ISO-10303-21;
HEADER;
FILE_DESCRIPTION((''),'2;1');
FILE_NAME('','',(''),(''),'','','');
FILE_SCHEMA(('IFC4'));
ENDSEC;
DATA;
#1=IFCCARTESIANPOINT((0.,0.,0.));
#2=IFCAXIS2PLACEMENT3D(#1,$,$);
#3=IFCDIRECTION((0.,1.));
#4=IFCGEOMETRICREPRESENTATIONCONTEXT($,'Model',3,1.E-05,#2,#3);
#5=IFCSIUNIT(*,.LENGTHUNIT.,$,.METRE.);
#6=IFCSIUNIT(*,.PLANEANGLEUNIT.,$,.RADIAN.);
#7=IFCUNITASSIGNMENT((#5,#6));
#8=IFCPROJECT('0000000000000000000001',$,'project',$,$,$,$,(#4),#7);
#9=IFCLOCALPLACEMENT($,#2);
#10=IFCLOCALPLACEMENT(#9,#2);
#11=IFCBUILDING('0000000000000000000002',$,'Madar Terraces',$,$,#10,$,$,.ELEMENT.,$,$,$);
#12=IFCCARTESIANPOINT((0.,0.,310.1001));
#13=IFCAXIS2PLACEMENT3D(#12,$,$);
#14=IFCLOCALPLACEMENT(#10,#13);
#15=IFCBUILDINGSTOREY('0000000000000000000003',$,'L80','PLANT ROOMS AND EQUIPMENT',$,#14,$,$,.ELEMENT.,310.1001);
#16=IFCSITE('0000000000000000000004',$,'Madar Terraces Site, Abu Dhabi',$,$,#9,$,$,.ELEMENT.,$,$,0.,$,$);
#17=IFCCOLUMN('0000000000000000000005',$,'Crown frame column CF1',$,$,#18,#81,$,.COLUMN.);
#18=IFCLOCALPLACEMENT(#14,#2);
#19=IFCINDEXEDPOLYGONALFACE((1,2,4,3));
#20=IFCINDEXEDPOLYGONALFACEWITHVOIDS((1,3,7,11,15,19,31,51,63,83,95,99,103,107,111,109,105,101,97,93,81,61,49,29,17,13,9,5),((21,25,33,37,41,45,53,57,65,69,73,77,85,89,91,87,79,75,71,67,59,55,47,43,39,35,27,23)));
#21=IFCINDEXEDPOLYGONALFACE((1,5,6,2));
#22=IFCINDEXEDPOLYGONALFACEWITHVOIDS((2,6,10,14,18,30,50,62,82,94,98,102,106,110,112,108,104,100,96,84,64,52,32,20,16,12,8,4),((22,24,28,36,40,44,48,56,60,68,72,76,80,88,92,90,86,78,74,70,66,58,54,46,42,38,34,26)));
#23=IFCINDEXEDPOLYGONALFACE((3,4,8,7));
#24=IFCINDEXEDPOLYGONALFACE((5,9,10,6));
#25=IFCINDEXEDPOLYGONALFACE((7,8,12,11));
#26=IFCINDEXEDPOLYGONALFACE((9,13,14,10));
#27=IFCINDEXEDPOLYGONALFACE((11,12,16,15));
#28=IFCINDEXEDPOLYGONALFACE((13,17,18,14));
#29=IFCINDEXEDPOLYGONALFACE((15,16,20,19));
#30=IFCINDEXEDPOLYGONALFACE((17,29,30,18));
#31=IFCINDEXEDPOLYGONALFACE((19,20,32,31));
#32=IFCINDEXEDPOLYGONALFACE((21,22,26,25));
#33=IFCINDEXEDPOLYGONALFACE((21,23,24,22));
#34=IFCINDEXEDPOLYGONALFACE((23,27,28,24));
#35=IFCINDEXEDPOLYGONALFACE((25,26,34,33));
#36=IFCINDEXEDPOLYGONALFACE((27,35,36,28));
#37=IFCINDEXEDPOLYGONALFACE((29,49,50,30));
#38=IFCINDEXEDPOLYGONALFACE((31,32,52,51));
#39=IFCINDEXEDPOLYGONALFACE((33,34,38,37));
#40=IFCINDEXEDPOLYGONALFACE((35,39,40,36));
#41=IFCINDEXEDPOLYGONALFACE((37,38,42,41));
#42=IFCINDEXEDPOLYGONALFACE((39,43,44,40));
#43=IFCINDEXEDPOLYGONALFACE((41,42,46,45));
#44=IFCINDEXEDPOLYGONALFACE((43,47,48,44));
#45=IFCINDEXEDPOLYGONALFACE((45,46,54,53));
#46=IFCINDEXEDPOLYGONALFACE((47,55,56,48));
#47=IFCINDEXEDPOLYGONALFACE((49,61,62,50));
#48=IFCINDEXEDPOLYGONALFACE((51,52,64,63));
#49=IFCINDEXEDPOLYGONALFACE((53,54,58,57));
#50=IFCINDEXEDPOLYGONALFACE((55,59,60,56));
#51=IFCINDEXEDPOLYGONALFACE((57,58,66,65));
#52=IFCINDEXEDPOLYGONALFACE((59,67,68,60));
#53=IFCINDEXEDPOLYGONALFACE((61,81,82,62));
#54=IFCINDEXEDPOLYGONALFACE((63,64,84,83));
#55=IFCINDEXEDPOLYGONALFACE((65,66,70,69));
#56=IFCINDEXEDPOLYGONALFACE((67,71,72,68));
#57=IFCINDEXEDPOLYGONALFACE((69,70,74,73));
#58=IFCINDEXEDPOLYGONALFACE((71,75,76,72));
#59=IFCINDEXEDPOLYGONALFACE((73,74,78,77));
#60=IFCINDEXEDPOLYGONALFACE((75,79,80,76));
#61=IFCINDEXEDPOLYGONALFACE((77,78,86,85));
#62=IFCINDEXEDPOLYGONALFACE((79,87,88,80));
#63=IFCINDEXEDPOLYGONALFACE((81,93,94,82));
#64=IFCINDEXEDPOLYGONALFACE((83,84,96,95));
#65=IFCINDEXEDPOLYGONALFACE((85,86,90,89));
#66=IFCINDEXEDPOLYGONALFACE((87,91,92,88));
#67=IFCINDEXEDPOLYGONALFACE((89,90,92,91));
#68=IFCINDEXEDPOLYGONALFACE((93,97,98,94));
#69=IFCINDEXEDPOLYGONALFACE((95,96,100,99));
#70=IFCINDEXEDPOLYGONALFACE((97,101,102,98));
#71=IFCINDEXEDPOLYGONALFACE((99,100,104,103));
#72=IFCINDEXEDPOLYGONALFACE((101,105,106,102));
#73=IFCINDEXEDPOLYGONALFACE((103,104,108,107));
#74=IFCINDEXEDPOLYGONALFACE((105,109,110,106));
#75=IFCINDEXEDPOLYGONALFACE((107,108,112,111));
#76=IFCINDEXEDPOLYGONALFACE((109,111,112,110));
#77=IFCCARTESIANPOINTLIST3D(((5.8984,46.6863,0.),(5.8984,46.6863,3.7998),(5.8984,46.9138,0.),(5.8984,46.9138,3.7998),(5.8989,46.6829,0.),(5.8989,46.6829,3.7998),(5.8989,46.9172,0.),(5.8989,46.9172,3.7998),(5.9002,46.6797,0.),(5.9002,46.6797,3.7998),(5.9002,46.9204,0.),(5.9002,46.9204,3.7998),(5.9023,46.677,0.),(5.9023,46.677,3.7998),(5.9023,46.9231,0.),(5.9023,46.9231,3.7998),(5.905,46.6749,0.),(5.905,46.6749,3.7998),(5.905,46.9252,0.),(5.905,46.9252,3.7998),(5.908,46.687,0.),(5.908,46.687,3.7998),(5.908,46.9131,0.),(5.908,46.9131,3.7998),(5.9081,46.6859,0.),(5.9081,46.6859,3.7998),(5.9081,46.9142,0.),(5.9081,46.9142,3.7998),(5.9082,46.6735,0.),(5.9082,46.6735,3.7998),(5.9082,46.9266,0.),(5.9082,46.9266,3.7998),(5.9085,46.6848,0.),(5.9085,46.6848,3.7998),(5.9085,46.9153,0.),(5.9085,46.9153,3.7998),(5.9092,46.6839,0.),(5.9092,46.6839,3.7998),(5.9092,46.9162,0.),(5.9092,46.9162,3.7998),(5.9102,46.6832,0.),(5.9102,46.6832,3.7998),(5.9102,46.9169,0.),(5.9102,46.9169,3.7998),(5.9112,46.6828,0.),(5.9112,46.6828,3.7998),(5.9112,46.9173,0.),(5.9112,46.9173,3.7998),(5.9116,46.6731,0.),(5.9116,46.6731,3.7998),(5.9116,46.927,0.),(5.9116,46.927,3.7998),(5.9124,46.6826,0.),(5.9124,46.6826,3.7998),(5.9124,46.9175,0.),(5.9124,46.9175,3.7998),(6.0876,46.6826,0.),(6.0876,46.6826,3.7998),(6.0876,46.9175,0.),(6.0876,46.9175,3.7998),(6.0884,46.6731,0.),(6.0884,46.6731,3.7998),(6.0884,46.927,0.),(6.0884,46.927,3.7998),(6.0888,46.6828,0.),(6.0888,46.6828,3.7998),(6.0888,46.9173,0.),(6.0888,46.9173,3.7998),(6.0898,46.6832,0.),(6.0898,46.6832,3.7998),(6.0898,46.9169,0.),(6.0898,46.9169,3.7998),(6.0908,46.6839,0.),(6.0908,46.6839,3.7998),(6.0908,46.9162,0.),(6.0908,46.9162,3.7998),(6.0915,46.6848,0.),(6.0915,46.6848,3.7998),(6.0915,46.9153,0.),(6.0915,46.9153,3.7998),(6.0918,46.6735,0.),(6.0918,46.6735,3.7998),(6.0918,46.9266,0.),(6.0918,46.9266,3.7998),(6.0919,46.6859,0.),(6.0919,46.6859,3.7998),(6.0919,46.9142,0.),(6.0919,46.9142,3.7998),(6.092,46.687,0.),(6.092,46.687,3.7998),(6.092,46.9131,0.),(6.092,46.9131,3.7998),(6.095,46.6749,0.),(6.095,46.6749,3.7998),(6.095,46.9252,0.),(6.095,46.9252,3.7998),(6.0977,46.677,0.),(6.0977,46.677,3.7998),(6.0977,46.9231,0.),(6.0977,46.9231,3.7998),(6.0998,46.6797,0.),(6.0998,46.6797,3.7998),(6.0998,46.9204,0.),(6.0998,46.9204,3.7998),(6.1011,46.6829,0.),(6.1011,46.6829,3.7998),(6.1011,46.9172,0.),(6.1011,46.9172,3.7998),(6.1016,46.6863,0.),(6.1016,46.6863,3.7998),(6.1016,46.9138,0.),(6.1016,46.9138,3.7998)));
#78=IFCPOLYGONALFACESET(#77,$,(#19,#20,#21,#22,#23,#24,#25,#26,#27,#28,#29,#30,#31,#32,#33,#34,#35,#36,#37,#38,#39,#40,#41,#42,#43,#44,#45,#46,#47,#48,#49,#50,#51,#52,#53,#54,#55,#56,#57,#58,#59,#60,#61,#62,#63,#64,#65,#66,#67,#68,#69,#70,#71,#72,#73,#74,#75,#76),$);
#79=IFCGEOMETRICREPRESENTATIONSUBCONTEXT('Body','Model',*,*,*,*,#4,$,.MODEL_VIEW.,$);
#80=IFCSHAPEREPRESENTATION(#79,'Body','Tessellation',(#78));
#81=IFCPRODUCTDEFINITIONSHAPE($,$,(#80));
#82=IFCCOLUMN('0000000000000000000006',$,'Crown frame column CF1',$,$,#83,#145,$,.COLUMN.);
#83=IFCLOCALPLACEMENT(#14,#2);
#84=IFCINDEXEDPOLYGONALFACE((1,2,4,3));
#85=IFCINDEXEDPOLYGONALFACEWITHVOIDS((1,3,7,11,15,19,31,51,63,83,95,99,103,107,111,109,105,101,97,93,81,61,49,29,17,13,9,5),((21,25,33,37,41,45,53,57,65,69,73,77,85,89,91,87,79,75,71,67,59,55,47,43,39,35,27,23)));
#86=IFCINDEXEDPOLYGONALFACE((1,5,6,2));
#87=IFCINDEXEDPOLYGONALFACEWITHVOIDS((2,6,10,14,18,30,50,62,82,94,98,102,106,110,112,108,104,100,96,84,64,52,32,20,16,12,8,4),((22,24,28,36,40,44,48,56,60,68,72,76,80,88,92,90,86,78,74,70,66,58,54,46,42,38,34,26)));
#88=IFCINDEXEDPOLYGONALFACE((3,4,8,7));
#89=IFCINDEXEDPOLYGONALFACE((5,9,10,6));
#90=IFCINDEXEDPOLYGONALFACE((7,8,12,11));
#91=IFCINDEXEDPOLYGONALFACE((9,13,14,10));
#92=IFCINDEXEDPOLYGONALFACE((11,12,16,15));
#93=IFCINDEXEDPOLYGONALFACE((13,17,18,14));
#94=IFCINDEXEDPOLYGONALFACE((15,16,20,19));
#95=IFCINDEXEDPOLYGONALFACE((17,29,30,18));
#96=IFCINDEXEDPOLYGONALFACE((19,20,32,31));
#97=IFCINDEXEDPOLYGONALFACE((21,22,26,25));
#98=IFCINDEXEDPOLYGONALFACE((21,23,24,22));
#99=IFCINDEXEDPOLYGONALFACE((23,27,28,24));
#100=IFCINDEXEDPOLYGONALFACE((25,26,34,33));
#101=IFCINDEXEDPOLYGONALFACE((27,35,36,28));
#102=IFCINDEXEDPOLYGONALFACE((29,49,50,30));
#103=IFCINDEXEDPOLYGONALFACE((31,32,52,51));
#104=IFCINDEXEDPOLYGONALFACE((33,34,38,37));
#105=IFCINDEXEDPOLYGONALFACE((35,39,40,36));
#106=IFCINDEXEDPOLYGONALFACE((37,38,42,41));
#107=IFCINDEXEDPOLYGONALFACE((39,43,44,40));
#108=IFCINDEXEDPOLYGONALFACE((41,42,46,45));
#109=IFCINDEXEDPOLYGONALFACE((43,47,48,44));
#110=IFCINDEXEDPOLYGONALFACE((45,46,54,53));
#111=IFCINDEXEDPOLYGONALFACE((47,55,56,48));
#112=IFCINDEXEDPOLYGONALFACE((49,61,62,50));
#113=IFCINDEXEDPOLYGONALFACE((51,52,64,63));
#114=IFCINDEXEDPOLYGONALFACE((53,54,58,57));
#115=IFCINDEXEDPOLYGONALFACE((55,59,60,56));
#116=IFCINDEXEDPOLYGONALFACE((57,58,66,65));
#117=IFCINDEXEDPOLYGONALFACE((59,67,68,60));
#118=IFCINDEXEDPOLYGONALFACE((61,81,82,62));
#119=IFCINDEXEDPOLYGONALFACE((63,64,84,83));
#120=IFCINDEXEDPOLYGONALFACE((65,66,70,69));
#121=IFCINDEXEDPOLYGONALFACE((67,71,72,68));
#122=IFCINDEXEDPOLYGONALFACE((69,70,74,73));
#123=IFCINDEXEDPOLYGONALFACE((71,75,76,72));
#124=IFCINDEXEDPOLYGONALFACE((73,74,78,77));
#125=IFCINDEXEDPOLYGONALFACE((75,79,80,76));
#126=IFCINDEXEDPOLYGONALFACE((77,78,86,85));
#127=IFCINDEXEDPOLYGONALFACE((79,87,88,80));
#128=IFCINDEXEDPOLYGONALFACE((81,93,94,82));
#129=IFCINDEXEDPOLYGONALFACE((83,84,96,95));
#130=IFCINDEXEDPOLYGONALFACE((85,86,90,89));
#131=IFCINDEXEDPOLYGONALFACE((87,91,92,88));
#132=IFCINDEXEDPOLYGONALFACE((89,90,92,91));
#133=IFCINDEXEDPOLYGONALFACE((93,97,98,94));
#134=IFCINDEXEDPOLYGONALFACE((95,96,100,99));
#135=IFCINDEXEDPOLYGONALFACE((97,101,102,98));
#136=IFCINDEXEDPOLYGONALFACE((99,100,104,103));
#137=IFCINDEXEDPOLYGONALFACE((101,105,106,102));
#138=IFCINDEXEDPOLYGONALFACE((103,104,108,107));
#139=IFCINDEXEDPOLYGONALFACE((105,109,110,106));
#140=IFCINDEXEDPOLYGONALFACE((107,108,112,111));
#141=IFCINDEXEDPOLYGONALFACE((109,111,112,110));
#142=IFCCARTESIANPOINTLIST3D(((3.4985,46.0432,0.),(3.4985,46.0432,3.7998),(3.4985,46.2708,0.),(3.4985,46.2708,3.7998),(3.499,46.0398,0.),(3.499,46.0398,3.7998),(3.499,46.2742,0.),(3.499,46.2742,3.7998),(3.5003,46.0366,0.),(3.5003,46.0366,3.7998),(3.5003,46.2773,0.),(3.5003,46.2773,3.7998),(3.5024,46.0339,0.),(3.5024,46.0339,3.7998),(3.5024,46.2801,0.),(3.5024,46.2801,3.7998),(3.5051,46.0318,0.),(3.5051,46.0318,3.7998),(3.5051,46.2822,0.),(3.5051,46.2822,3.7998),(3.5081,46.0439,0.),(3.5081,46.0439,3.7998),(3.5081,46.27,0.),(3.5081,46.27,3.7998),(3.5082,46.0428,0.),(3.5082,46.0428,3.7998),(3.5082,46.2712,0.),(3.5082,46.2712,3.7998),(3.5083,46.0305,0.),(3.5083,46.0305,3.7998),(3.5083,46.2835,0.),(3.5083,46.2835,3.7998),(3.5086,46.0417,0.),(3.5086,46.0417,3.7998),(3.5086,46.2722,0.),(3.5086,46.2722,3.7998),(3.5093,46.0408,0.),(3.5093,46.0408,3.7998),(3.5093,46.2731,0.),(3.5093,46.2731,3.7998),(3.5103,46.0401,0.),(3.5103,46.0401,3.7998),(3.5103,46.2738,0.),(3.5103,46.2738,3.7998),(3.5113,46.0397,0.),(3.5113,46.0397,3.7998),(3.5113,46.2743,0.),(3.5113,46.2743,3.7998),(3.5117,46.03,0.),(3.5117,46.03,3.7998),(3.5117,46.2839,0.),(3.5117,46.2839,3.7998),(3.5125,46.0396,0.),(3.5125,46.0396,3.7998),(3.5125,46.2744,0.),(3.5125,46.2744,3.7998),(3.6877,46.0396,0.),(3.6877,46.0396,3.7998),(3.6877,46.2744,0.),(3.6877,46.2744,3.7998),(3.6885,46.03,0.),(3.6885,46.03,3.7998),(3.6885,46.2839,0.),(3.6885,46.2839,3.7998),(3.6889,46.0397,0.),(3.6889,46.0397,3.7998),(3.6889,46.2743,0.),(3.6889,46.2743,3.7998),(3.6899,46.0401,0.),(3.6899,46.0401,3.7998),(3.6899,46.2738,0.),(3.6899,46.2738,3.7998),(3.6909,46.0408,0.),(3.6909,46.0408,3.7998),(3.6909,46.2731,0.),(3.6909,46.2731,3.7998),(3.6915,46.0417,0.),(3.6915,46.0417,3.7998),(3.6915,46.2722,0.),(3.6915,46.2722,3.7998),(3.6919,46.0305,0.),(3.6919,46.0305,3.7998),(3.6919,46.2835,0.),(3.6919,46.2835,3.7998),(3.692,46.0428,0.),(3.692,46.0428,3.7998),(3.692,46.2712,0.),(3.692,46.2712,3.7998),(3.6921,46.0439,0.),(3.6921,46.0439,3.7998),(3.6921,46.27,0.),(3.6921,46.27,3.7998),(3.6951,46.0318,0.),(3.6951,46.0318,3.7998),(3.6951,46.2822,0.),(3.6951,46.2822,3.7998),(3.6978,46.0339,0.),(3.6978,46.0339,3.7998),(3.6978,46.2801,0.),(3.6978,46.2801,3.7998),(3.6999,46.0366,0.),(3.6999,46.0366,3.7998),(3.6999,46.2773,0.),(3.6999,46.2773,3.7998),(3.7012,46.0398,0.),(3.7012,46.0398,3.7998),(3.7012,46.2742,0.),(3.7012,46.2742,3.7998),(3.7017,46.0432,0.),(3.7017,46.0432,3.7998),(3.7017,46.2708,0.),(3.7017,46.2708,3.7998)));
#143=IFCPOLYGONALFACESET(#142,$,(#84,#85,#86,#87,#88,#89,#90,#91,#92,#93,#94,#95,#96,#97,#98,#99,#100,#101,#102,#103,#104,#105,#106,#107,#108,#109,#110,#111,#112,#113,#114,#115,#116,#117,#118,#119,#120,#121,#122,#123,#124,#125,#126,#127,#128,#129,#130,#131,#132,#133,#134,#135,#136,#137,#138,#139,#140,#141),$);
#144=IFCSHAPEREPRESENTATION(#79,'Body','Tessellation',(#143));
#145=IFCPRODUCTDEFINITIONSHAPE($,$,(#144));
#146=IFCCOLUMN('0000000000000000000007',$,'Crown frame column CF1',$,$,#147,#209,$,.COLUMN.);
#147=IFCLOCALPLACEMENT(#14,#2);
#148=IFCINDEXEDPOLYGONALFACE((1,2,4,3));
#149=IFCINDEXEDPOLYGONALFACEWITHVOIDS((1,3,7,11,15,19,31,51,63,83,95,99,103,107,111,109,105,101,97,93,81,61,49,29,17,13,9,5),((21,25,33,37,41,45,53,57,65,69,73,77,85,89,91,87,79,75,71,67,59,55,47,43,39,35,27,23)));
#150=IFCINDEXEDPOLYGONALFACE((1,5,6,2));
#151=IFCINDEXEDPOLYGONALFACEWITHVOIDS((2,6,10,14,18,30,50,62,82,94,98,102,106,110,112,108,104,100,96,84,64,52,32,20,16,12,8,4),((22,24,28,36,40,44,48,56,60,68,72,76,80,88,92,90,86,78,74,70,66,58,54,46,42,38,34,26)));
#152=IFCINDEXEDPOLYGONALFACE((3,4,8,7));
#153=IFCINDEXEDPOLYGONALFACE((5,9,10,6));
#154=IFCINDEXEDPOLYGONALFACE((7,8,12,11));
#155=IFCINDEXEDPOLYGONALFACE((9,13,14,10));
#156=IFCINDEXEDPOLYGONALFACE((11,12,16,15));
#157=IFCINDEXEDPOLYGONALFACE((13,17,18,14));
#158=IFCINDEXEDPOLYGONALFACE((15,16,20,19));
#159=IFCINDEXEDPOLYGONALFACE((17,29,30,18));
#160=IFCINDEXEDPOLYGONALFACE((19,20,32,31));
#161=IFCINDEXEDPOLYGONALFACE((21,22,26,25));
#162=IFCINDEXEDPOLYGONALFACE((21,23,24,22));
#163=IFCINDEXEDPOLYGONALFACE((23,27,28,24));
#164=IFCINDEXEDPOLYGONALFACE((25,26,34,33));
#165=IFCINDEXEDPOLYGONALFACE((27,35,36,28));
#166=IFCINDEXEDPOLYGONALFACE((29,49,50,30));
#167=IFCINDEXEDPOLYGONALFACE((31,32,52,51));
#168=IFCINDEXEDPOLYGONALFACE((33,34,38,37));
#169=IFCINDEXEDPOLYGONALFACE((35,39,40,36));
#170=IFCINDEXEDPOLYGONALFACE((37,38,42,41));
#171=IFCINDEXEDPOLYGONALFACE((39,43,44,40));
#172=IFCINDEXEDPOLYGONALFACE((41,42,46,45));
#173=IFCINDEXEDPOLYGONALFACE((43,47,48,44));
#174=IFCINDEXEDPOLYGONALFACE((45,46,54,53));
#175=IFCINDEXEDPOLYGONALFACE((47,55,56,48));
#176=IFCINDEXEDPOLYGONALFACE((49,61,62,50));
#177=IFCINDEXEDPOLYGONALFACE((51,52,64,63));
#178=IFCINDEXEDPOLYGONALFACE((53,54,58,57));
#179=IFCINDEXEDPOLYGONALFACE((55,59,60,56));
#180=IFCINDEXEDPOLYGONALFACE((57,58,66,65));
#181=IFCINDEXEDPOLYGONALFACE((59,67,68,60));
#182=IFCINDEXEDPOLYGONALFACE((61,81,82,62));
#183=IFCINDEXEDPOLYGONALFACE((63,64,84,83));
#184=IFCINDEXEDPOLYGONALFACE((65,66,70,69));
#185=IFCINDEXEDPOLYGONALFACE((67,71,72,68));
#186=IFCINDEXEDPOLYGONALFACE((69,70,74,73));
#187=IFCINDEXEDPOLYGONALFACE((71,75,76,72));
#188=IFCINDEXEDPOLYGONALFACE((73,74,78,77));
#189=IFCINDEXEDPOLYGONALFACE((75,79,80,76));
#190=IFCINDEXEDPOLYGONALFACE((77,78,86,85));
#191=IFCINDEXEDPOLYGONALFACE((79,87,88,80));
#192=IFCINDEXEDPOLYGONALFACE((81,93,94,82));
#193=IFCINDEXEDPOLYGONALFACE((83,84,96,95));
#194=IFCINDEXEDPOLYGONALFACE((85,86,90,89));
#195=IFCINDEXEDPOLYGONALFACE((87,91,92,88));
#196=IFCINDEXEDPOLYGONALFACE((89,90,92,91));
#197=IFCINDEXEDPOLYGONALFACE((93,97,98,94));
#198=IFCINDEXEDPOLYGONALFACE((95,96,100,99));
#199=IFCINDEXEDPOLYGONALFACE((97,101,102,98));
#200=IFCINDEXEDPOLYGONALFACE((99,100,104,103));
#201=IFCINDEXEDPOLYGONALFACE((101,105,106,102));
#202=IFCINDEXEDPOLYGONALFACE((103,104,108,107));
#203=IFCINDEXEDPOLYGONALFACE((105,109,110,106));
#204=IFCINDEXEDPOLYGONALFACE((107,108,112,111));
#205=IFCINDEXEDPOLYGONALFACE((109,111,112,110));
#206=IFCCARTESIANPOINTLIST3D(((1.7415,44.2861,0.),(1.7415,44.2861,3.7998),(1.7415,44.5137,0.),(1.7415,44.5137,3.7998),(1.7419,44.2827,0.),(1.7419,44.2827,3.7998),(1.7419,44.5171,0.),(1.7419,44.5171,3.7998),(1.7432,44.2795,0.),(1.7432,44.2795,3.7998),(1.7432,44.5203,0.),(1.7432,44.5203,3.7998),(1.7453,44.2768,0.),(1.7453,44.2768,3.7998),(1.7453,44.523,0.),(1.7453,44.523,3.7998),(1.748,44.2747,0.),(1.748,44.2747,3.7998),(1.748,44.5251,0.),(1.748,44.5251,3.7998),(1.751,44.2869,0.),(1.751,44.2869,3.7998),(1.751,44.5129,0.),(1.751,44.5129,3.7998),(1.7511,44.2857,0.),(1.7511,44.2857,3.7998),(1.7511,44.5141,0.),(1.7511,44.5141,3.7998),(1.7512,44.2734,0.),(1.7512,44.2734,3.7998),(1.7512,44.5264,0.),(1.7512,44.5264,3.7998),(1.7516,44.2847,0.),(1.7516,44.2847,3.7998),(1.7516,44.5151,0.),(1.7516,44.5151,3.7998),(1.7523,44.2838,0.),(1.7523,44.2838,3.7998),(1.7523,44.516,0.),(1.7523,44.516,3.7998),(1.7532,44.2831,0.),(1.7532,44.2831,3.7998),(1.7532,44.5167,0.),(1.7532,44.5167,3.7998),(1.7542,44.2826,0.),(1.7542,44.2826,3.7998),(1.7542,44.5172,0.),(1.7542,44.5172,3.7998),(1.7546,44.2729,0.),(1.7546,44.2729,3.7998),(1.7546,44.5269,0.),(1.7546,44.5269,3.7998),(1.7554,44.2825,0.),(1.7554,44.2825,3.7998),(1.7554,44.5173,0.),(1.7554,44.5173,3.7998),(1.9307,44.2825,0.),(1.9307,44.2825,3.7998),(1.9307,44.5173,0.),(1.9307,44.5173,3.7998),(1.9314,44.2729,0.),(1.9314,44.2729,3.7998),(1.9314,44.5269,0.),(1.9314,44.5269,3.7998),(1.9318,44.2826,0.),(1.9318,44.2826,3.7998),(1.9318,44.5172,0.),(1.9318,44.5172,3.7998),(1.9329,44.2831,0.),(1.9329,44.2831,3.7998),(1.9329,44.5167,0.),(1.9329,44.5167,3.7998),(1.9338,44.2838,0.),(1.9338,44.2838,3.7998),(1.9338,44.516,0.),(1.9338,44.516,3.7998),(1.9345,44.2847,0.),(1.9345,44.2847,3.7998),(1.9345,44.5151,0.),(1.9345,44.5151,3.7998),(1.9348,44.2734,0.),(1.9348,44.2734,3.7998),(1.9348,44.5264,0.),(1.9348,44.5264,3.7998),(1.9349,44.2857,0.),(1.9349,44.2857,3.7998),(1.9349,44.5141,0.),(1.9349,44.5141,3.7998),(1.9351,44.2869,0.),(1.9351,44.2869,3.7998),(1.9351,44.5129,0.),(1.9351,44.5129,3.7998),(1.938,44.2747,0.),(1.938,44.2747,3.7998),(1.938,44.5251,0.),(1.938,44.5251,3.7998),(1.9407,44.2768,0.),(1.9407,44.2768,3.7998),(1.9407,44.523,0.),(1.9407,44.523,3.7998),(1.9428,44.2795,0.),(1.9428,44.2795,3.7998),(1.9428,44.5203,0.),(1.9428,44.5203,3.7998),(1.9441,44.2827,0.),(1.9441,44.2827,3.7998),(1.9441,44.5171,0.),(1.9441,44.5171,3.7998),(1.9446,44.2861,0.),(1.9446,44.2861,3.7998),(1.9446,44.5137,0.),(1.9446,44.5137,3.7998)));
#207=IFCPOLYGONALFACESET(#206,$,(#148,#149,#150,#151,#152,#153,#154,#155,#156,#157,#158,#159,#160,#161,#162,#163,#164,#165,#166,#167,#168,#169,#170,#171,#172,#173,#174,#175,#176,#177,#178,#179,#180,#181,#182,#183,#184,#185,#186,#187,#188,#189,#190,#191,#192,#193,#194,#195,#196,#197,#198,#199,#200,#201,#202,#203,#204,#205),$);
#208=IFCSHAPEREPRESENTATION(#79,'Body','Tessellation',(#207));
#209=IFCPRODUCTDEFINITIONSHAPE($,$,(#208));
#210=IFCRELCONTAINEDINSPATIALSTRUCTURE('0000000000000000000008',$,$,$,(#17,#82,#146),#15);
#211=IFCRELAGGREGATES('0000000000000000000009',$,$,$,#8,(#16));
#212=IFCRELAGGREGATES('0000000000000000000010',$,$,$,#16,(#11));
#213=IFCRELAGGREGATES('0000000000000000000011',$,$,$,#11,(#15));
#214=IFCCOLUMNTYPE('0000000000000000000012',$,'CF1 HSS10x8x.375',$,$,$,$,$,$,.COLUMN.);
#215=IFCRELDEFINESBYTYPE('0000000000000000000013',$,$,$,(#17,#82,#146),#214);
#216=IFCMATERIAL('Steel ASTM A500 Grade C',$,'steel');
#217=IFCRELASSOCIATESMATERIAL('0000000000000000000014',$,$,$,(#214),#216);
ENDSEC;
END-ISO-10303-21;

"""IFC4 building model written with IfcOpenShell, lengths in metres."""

from ifc_helpers import new_model, si_unit, direction, frame, origin, origin_2d, place, context, subcontext, project, spatial, hollow_rectangle, extrude, material, material_profile, profile_set, type_object, element, save


model = new_model("IFC4")

# Units and contexts
model_context = context("Model", 3, precision=1e-05, world=origin(), true_north=direction((0.0, 1.0)))
body_context = subcontext(model_context, "Body", "Model", "MODEL_VIEW")
ifc_project = project(units=[si_unit("LENGTHUNIT", "METRE"), si_unit("PLANEANGLEUNIT", "RADIAN")], contexts=[model_context])

# Site, building, storey
site_placement = place(None, origin())
site = spatial("IfcSite", under=ifc_project, at=site_placement, Name="Madar Terraces Site, Abu Dhabi", CompositionType="ELEMENT", RefElevation=0.0)
building_placement = place(site_placement, origin())
building = spatial("IfcBuilding", under=site, at=building_placement, Name="Madar Terraces", CompositionType="ELEMENT")
storey_placement = place(building_placement, frame((0.0, 0.0, 310.1001)))
storey = spatial("IfcBuildingStorey", under=building, at=storey_placement, Name="L80", Description="PLANT ROOMS AND EQUIPMENT", CompositionType="ELEMENT", Elevation=310.1001)

# Columns
ifc_material_1 = material(Name="Steel ASTM A500 Grade C", Category="steel")
ifc_material_profile_1 = material_profile(ifc_material_1, hollow_rectangle(XDim=0.2031, YDim=0.2539, WallThickness=0.0095, InnerFilletRadius=0.0044, OuterFilletRadius=0.0132, at=origin_2d()), Name="HSS10x8x.375")
ifc_profile_set_1 = profile_set([ifc_material_profile_1], Name="Steel ASTM A500 Grade C")
column_type = type_object("IfcColumnType", Name="CF1 HSS10x8x.375", PredefinedType="COLUMN", material=ifc_profile_set_1)
for number, where, z_axis, x_axis, name in (
    (1, (6.0, 46.8, 0.0), (0.0, 0.0, 1.0), (1.0, 0.0, 0.0), "Crown frame column CF1"),
    (2, (3.6001, 46.157, 0.0), (0.0, 0.0, 1.0), (1.0, 0.0, 0.0), "Crown frame column CF1"),
    (3, (1.843, 44.3999, 0.0), (0.0, 0.0, 1.0), (1.0, 0.0, 0.0), "Crown frame column CF1"),
):
    element("IfcColumn", number, at=place(storey_placement, frame(where, z_axis=z_axis, x_axis=x_axis)), inside=storey, type_object=column_type, Name=name, PredefinedType="COLUMN", context=body_context, shape_type="SweptSolid", body=[
        extrude(hollow_rectangle(XDim=0.2031, YDim=0.2539, WallThickness=0.0095, InnerFilletRadius=0.0044, OuterFilletRadius=0.0132, at=origin_2d()), origin(), (0.0, 0.0, 1.0), 3.7998),
    ])

save(model, "model.ifc")
